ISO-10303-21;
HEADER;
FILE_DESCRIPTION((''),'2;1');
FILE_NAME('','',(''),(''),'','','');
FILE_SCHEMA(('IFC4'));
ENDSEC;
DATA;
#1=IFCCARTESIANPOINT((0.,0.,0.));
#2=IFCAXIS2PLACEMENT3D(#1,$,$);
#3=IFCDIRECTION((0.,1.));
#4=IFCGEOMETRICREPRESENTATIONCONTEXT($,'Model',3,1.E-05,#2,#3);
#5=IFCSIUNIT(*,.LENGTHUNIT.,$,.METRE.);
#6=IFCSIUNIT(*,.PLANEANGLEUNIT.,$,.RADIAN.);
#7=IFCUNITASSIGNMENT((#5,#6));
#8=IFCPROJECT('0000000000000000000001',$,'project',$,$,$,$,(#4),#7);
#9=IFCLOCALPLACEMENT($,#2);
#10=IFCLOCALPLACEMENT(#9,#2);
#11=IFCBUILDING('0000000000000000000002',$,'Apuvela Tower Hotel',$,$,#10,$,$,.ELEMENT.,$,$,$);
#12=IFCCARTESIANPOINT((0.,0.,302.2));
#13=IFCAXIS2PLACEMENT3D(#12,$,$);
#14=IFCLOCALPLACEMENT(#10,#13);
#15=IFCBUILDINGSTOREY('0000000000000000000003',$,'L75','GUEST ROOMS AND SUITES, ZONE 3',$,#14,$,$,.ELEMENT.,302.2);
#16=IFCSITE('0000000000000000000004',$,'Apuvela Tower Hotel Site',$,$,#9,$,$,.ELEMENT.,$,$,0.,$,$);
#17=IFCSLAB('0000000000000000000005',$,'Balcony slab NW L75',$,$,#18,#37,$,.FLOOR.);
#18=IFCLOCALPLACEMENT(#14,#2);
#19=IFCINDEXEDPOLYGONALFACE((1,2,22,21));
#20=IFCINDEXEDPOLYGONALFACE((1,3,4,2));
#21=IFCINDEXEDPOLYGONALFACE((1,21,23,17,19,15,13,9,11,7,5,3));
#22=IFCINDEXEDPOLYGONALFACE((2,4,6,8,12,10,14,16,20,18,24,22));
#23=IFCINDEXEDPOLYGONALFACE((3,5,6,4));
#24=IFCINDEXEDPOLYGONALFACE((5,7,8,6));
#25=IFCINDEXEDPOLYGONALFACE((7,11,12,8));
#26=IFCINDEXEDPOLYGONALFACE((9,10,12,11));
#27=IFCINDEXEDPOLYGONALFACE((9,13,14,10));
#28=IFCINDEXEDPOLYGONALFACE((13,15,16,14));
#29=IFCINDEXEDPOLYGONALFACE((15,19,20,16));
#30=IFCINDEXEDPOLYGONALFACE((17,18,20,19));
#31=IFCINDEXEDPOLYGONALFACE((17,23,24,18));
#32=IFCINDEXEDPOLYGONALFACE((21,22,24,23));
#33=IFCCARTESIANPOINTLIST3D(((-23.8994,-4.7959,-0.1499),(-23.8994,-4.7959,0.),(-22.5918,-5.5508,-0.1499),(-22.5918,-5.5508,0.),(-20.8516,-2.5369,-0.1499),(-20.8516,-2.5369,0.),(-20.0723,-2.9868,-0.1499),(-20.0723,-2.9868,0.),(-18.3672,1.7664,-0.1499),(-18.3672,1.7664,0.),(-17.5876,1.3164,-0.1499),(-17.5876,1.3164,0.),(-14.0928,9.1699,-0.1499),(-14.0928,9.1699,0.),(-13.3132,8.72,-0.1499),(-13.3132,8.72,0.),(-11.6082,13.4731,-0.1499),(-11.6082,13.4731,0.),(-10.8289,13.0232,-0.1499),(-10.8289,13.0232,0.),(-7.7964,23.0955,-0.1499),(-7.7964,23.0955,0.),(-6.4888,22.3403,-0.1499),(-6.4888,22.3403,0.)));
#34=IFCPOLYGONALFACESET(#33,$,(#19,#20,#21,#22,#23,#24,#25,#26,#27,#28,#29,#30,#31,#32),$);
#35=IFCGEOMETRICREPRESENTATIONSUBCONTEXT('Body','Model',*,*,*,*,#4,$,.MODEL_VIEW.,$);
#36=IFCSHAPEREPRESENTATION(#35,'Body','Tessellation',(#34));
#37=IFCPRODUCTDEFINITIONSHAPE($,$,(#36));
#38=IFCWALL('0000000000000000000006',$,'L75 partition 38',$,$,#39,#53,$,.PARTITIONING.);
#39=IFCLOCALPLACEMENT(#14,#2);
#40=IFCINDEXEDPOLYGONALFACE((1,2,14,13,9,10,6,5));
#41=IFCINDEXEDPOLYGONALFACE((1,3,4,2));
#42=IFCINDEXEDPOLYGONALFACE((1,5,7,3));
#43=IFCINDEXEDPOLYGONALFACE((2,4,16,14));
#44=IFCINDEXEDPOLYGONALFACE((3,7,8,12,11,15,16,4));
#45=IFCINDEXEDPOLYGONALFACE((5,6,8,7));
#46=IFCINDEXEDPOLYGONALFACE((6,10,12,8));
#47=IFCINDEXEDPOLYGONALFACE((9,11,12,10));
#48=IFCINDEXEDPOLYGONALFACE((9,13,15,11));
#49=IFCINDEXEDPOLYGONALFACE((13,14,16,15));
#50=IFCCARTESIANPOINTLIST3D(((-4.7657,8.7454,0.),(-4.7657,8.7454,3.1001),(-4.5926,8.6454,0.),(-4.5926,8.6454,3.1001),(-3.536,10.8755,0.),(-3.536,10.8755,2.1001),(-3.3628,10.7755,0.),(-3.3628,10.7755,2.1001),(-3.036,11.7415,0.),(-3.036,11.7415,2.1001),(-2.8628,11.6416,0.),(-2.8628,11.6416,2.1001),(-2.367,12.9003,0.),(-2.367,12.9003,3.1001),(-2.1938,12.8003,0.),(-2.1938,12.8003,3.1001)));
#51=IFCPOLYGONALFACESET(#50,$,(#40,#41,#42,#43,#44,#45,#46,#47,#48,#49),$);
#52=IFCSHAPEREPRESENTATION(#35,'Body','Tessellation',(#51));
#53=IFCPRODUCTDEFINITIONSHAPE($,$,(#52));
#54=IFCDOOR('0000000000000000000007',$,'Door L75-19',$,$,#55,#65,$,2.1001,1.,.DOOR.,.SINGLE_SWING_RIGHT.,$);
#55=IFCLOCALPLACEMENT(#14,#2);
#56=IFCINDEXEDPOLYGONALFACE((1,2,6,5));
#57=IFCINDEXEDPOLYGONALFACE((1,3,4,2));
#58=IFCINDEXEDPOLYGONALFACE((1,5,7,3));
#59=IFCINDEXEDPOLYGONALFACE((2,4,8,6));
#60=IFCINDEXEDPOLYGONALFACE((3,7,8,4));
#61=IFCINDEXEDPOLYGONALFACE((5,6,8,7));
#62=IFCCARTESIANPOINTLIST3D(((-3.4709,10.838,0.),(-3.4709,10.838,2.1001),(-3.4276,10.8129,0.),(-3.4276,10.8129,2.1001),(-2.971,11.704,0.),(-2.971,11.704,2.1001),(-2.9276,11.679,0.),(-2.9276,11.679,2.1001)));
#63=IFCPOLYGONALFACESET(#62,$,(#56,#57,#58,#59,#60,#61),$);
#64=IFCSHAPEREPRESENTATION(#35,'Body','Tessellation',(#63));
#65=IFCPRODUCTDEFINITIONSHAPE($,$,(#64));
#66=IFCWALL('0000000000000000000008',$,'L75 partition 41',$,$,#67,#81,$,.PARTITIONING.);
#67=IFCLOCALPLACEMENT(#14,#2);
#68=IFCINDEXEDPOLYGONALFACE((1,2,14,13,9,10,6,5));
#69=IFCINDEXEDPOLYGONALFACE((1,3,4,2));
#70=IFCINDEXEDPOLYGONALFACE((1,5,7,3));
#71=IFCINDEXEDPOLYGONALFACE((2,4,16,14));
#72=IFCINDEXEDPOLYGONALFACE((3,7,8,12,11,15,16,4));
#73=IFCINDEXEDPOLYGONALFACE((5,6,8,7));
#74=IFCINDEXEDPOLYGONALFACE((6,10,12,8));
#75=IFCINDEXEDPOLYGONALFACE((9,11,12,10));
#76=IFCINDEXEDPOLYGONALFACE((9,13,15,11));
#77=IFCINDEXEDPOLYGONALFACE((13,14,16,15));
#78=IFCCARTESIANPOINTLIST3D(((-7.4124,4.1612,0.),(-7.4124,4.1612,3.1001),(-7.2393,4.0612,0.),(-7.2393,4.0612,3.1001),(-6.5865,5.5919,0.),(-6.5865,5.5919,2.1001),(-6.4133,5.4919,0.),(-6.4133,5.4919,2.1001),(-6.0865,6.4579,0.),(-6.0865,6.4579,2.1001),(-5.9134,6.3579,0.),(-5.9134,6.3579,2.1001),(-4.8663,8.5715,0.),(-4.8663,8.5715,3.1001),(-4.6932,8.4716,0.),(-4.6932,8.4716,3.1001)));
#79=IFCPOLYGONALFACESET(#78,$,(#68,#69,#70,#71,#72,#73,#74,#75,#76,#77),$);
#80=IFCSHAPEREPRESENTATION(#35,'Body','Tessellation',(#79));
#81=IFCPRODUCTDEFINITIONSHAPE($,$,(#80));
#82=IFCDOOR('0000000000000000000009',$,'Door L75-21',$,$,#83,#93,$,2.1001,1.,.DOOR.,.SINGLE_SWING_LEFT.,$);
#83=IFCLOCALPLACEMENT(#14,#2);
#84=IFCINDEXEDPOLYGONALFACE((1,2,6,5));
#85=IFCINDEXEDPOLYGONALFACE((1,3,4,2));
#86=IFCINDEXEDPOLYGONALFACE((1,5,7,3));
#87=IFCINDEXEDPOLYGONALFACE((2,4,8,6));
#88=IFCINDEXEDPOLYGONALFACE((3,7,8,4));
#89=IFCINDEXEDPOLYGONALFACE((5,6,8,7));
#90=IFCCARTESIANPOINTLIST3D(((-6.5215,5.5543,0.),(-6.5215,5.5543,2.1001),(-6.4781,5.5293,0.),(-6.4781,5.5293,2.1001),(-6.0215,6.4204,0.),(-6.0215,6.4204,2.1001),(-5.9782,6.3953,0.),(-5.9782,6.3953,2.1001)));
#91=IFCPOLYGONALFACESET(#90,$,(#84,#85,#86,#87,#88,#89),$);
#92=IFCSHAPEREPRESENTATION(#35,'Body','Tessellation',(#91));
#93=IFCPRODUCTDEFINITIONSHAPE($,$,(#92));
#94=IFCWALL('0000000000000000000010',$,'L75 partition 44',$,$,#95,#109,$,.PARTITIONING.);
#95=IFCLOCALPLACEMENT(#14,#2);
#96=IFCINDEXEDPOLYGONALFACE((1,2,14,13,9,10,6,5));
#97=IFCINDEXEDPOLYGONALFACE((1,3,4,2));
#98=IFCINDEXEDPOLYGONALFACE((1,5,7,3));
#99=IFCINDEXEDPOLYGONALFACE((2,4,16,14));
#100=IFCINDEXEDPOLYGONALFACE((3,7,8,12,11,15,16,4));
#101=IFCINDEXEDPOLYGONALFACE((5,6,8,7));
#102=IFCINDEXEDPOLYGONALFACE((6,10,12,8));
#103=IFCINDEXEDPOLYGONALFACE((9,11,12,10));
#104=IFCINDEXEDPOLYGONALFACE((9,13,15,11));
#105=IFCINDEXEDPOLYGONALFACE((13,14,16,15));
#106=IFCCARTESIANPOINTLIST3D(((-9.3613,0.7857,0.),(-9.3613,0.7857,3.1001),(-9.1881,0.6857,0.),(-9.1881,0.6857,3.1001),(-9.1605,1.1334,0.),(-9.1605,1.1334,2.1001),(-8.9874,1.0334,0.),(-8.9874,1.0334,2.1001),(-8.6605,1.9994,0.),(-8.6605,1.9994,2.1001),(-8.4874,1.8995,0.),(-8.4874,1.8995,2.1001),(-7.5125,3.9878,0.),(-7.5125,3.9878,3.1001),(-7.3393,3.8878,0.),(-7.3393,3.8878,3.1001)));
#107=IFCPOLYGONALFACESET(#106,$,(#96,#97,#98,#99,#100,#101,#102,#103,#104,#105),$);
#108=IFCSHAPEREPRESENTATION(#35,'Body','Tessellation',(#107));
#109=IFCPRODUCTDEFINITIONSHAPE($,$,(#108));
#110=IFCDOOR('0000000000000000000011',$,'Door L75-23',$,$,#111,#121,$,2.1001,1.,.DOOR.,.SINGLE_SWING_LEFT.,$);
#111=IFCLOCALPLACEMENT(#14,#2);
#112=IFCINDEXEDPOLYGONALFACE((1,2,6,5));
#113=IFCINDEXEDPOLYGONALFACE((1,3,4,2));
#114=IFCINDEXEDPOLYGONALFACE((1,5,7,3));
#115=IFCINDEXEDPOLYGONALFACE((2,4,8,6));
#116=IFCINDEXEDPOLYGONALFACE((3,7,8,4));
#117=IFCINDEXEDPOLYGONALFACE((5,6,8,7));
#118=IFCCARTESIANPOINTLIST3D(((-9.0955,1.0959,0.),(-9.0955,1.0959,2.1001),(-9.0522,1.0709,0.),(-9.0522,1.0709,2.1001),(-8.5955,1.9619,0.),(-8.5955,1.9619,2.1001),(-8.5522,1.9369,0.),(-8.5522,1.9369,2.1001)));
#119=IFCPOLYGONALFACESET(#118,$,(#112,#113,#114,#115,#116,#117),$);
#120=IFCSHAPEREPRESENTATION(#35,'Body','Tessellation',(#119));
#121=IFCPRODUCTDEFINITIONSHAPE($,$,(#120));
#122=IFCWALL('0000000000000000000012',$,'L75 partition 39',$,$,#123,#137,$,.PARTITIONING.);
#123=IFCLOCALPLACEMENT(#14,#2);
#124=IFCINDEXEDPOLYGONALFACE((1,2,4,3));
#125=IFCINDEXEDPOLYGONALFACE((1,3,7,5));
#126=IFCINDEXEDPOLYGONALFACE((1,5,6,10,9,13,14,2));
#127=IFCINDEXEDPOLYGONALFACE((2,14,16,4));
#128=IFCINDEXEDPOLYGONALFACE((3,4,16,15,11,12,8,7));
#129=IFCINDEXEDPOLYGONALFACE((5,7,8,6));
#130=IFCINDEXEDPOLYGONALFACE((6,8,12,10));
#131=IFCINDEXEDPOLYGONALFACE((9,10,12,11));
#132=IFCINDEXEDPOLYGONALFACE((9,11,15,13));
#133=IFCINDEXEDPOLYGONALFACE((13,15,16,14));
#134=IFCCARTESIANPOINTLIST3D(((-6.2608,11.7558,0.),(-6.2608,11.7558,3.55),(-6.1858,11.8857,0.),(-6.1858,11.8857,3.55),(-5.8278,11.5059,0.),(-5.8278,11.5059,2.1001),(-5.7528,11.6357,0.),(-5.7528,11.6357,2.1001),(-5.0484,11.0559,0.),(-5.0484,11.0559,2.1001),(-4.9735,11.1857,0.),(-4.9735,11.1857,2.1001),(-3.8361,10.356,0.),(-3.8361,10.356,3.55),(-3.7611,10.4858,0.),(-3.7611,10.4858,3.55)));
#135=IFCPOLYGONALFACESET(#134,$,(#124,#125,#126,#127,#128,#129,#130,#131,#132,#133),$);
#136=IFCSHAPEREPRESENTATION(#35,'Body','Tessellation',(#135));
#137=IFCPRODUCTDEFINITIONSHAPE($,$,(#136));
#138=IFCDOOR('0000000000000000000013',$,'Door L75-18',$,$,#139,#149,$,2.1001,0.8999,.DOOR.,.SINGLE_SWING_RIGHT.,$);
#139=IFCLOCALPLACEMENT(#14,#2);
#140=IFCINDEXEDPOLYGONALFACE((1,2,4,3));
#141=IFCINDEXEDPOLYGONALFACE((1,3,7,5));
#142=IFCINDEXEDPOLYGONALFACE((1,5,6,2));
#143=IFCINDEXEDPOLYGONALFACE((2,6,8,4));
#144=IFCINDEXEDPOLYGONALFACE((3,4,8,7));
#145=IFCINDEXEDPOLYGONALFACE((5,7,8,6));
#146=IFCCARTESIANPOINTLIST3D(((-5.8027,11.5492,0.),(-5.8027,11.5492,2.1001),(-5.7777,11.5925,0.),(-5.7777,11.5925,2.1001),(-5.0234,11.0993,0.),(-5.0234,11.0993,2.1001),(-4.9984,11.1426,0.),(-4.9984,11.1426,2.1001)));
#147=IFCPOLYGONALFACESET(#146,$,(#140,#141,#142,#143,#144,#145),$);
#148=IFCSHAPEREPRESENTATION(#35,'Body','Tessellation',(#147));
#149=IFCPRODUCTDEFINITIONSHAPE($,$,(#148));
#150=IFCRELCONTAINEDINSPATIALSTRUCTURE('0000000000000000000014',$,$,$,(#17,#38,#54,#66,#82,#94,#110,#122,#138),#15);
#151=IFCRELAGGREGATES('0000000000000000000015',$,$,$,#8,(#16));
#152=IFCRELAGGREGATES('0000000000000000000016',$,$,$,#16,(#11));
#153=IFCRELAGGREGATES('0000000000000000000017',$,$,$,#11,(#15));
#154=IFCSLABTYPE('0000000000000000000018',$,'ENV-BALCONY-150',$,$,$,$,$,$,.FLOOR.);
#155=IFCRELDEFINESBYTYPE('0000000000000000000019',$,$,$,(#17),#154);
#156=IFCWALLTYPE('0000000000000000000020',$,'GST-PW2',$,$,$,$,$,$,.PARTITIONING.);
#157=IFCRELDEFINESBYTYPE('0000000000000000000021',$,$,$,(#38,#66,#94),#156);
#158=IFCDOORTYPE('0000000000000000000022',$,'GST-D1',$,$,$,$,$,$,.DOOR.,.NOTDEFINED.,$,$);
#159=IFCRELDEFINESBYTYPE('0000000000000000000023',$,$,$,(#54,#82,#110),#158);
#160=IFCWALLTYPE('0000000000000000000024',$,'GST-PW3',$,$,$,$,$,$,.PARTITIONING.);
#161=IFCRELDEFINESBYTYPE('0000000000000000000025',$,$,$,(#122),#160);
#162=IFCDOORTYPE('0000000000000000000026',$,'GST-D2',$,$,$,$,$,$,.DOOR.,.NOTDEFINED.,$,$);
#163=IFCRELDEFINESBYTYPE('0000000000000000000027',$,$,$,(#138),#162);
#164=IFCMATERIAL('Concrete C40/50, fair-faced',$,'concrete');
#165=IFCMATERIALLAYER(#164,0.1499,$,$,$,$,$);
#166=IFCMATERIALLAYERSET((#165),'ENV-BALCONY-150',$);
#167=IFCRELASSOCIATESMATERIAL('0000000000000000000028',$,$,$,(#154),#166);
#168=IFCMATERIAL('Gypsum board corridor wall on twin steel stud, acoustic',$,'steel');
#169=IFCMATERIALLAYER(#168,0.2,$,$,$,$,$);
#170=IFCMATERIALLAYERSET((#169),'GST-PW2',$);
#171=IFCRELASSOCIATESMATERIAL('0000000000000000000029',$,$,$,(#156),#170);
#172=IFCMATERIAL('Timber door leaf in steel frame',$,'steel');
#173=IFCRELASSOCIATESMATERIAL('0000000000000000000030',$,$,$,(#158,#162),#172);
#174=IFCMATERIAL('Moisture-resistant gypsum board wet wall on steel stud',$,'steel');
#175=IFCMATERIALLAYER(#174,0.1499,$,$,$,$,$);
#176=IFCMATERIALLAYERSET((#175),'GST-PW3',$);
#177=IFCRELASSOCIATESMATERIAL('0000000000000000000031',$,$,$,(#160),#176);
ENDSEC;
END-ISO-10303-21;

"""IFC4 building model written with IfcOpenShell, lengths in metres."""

from ifc_helpers import new_model, si_unit, direction, frame, frame_2d, origin, place, context, subcontext, project, spatial, polyline, rectangle, outline, extrude, material, layer, layer_set, type_object, element, fill, save


model = new_model("IFC4")

# Units and contexts
model_context = context("Model", 3, precision=1e-05, world=origin(), true_north=direction((0.0, 1.0)))
body_context = subcontext(model_context, "Body", "Model", "MODEL_VIEW")
ifc_project = project(units=[si_unit("LENGTHUNIT", "METRE"), si_unit("PLANEANGLEUNIT", "RADIAN")], contexts=[model_context])

# Site, building, storey
site_placement = place(None, origin())
site = spatial("IfcSite", under=ifc_project, at=site_placement, Name="Apuvela Tower Hotel Site", CompositionType="ELEMENT", RefElevation=0.0)
building_placement = place(site_placement, origin())
building = spatial("IfcBuilding", under=site, at=building_placement, Name="Apuvela Tower Hotel", CompositionType="ELEMENT")
storey_placement = place(building_placement, frame((0.0, 0.0, 302.2)))
storey = spatial("IfcBuildingStorey", under=building, at=storey_placement, Name="L75", Description="GUEST ROOMS AND SUITES, ZONE 3", CompositionType="ELEMENT", Elevation=302.2)

# Slab
ifc_material_1 = material(Name="Concrete C40/50, fair-faced", Category="concrete")
ifc_layer_1 = layer(ifc_material_1, 0.1499)
ifc_layer_set_1 = layer_set([ifc_layer_1], Name="ENV-BALCONY-150")
slab_type_1 = type_object("IfcSlabType", Name="ENV-BALCONY-150", PredefinedType="FLOOR", material=ifc_layer_set_1)
slab_1_placement = place(storey_placement, frame((0.0, 0.0, -0.1499)))
element("IfcSlab", 1, at=slab_1_placement, inside=storey, type_object=slab_type_1, Name="Balcony slab NW L75", PredefinedType="FLOOR", context=body_context, shape_type="SweptSolid", body=[
    extrude(outline(polyline([(-23.8994, -4.7959), (-7.7964, 23.0955), (-6.4888, 22.3403), (-11.6082, 13.4731), (-10.8289, 13.0232), (-13.3132, 8.72), (-14.0928, 9.1699), (-18.3672, 1.7664), (-17.5876, 1.3164), (-20.0723, -2.9868), (-20.8516, -2.5369), (-22.5918, -5.5508), (-23.8994, -4.7959)])), origin(), (0.0, 0.0, 1.0), 0.1499),
])

# Walls, openings, doors
ifc_material_2 = material(Name="Gypsum board corridor wall on twin steel stud, acoustic", Category="steel")
ifc_layer_2 = layer(ifc_material_2, 0.2)
ifc_layer_set_2 = layer_set([ifc_layer_2], Name="GST-PW2")
wall_type_1 = type_object("IfcWallType", Name="GST-PW2", PredefinedType="PARTITIONING", material=ifc_layer_set_2)
wall_1_placement = place(storey_placement, frame((-4.6792, 8.6953, 0.0), z_axis=(0.0, 0.0, 1.0), x_axis=(0.499987, 0.866033, 0.0)))
wall_1 = element("IfcWall", 2, at=wall_1_placement, inside=storey, type_object=wall_type_1, Name="L75 partition 38", PredefinedType="PARTITIONING", context=body_context, shape_type="SweptSolid", body=[
    extrude(rectangle(XDim=4.7976, YDim=0.2, at=frame_2d((2.3989, 0.0))), origin(), (0.0, 0.0, 1.0), 3.1001),
])
opening_1_placement = place(wall_1_placement, frame((2.4597, 0.0, 0.0)))
opening_1 = element("IfcOpeningElement", 3, at=opening_1_placement, cuts=wall_1, PredefinedType="OPENING", context=body_context, shape_type="SweptSolid", body=[
    extrude(rectangle(XDim=1.0, YDim=2.1001, at=frame_2d((0.5, 1.05))), frame((0.0, 0.1099, 0.0), z_axis=(0.0, -1.0, 0.0), x_axis=(1.0, 0.0, 0.0)), (0.0, 0.0, 1.0), 0.22),
])
ifc_material_3 = material(Name="Timber door leaf in steel frame", Category="steel")
door_type_1 = type_object("IfcDoorType", Name="GST-D1", OperationType="NOTDEFINED", PredefinedType="DOOR", material=ifc_material_3)
door_1_placement = place(opening_1_placement, origin())
door_1 = element("IfcDoor", 4, at=door_1_placement, inside=storey, type_object=door_type_1, Name="Door L75-19", OperationType="SINGLE_SWING_RIGHT", OverallHeight=2.1001, OverallWidth=1.0, PredefinedType="DOOR", context=body_context, shape_type="SweptSolid", body=[
    extrude(rectangle(XDim=1.0, YDim=2.1001, at=frame_2d((0.5, 1.05))), frame((0.0, 0.0249, 0.0), z_axis=(0.0, -1.0, 0.0), x_axis=(1.0, 0.0, 0.0)), (0.0, 0.0, 1.0), 0.05),
])
fill(opening_1, door_1)
wall_2_placement = place(storey_placement, frame((-7.3259, 4.1111, 0.0), z_axis=(0.0, 0.0, 1.0), x_axis=(0.49997, 0.866043, 0.0)))
wall_2 = element("IfcWall", 5, at=wall_2_placement, inside=storey, type_object=wall_type_1, Name="L75 partition 41", PredefinedType="PARTITIONING", context=body_context, shape_type="SweptSolid", body=[
    extrude(rectangle(XDim=5.0925, YDim=0.2, at=frame_2d((2.5464, 0.0))), origin(), (0.0, 0.0, 1.0), 3.1001),
])
opening_2_placement = place(wall_2_placement, frame((1.6521, 0.0, 0.0)))
opening_2 = element("IfcOpeningElement", 6, at=opening_2_placement, cuts=wall_2, PredefinedType="OPENING", context=body_context, shape_type="SweptSolid", body=[
    extrude(rectangle(XDim=1.0, YDim=2.1001, at=frame_2d((0.5, 1.05))), frame((0.0, 0.1099, 0.0), z_axis=(0.0, -1.0, 0.0), x_axis=(1.0, 0.0, 0.0)), (0.0, 0.0, 1.0), 0.22),
])
door_2_placement = place(opening_2_placement, origin())
door_2 = element("IfcDoor", 7, at=door_2_placement, inside=storey, type_object=door_type_1, Name="Door L75-21", OperationType="SINGLE_SWING_LEFT", OverallHeight=2.1001, OverallWidth=1.0, PredefinedType="DOOR", context=body_context, shape_type="SweptSolid", body=[
    extrude(rectangle(XDim=1.0, YDim=2.1001, at=frame_2d((0.5, 1.05))), frame((0.0, 0.0249, 0.0), z_axis=(0.0, -1.0, 0.0), x_axis=(1.0, 0.0, 0.0)), (0.0, 0.0, 1.0), 0.05),
])
fill(opening_2, door_2)
wall_3_placement = place(storey_placement, frame((-9.2747, 0.7358, 0.0), z_axis=(0.0, 0.0, 1.0), x_axis=(0.500023, 0.866012, 0.0)))
wall_3 = element("IfcWall", 8, at=wall_3_placement, inside=storey, type_object=wall_type_1, Name="L75 partition 44", PredefinedType="PARTITIONING", context=body_context, shape_type="SweptSolid", body=[
    extrude(rectangle(XDim=3.6975, YDim=0.2, at=frame_2d((1.8486, 0.0))), origin(), (0.0, 0.0, 1.0), 3.1001),
])
opening_3_placement = place(wall_3_placement, frame((0.4014, 0.0, 0.0)))
opening_3 = element("IfcOpeningElement", 9, at=opening_3_placement, cuts=wall_3, PredefinedType="OPENING", context=body_context, shape_type="SweptSolid", body=[
    extrude(rectangle(XDim=1.0, YDim=2.1001, at=frame_2d((0.5, 1.05))), frame((0.0, 0.1099, 0.0), z_axis=(0.0, -1.0, 0.0), x_axis=(1.0, 0.0, 0.0)), (0.0, 0.0, 1.0), 0.22),
])
door_3_placement = place(opening_3_placement, origin())
door_3 = element("IfcDoor", 10, at=door_3_placement, inside=storey, type_object=door_type_1, Name="Door L75-23", OperationType="SINGLE_SWING_LEFT", OverallHeight=2.1001, OverallWidth=1.0, PredefinedType="DOOR", context=body_context, shape_type="SweptSolid", body=[
    extrude(rectangle(XDim=1.0, YDim=2.1001, at=frame_2d((0.5, 1.05))), frame((0.0, 0.0249, 0.0), z_axis=(0.0, -1.0, 0.0), x_axis=(1.0, 0.0, 0.0)), (0.0, 0.0, 1.0), 0.05),
])
fill(opening_3, door_3)
ifc_material_4 = material(Name="Moisture-resistant gypsum board wet wall on steel stud", Category="steel")
ifc_layer_3 = layer(ifc_material_4, 0.1499)
ifc_layer_set_3 = layer_set([ifc_layer_3], Name="GST-PW3")
wall_type_2 = type_object("IfcWallType", Name="GST-PW3", PredefinedType="PARTITIONING", material=ifc_layer_set_3)
wall_4_placement = place(storey_placement, frame((-3.7986, 10.4209, 0.0), z_axis=(0.0, 0.0, 1.0), x_axis=(-0.866035, 0.499984, 0.0)))
wall_4 = element("IfcWall", 11, at=wall_4_placement, inside=storey, type_object=wall_type_2, Name="L75 partition 39", PredefinedType="PARTITIONING", context=body_context, shape_type="SweptSolid", body=[
    extrude(rectangle(XDim=2.7998, YDim=0.1499, at=frame_2d((1.3999, 0.0))), origin(), (0.0, 0.0, 1.0), 3.55),
])
opening_4_placement = place(wall_4_placement, frame((1.3999, 0.0, 0.0)))
opening_4 = element("IfcOpeningElement", 12, at=opening_4_placement, cuts=wall_4, PredefinedType="OPENING", context=body_context, shape_type="SweptSolid", body=[
    extrude(rectangle(XDim=0.8999, YDim=2.1001, at=frame_2d((0.45, 1.05))), frame((0.0, 0.085, 0.0), z_axis=(0.0, -1.0, 0.0), x_axis=(1.0, 0.0, 0.0)), (0.0, 0.0, 1.0), 0.1699),
])
door_type_2 = type_object("IfcDoorType", Name="GST-D2", OperationType="NOTDEFINED", PredefinedType="DOOR", material=ifc_material_3)
door_4_placement = place(opening_4_placement, origin())
door_4 = element("IfcDoor", 13, at=door_4_placement, inside=storey, type_object=door_type_2, Name="Door L75-18", OperationType="SINGLE_SWING_RIGHT", OverallHeight=2.1001, OverallWidth=0.8999, PredefinedType="DOOR", context=body_context, shape_type="SweptSolid", body=[
    extrude(rectangle(XDim=0.8999, YDim=2.1001, at=frame_2d((0.45, 1.05))), frame((0.0, 0.0249, 0.0), z_axis=(0.0, -1.0, 0.0), x_axis=(1.0, 0.0, 0.0)), (0.0, 0.0, 1.0), 0.05),
])
fill(opening_4, door_4)

save(model, "model.ifc")
